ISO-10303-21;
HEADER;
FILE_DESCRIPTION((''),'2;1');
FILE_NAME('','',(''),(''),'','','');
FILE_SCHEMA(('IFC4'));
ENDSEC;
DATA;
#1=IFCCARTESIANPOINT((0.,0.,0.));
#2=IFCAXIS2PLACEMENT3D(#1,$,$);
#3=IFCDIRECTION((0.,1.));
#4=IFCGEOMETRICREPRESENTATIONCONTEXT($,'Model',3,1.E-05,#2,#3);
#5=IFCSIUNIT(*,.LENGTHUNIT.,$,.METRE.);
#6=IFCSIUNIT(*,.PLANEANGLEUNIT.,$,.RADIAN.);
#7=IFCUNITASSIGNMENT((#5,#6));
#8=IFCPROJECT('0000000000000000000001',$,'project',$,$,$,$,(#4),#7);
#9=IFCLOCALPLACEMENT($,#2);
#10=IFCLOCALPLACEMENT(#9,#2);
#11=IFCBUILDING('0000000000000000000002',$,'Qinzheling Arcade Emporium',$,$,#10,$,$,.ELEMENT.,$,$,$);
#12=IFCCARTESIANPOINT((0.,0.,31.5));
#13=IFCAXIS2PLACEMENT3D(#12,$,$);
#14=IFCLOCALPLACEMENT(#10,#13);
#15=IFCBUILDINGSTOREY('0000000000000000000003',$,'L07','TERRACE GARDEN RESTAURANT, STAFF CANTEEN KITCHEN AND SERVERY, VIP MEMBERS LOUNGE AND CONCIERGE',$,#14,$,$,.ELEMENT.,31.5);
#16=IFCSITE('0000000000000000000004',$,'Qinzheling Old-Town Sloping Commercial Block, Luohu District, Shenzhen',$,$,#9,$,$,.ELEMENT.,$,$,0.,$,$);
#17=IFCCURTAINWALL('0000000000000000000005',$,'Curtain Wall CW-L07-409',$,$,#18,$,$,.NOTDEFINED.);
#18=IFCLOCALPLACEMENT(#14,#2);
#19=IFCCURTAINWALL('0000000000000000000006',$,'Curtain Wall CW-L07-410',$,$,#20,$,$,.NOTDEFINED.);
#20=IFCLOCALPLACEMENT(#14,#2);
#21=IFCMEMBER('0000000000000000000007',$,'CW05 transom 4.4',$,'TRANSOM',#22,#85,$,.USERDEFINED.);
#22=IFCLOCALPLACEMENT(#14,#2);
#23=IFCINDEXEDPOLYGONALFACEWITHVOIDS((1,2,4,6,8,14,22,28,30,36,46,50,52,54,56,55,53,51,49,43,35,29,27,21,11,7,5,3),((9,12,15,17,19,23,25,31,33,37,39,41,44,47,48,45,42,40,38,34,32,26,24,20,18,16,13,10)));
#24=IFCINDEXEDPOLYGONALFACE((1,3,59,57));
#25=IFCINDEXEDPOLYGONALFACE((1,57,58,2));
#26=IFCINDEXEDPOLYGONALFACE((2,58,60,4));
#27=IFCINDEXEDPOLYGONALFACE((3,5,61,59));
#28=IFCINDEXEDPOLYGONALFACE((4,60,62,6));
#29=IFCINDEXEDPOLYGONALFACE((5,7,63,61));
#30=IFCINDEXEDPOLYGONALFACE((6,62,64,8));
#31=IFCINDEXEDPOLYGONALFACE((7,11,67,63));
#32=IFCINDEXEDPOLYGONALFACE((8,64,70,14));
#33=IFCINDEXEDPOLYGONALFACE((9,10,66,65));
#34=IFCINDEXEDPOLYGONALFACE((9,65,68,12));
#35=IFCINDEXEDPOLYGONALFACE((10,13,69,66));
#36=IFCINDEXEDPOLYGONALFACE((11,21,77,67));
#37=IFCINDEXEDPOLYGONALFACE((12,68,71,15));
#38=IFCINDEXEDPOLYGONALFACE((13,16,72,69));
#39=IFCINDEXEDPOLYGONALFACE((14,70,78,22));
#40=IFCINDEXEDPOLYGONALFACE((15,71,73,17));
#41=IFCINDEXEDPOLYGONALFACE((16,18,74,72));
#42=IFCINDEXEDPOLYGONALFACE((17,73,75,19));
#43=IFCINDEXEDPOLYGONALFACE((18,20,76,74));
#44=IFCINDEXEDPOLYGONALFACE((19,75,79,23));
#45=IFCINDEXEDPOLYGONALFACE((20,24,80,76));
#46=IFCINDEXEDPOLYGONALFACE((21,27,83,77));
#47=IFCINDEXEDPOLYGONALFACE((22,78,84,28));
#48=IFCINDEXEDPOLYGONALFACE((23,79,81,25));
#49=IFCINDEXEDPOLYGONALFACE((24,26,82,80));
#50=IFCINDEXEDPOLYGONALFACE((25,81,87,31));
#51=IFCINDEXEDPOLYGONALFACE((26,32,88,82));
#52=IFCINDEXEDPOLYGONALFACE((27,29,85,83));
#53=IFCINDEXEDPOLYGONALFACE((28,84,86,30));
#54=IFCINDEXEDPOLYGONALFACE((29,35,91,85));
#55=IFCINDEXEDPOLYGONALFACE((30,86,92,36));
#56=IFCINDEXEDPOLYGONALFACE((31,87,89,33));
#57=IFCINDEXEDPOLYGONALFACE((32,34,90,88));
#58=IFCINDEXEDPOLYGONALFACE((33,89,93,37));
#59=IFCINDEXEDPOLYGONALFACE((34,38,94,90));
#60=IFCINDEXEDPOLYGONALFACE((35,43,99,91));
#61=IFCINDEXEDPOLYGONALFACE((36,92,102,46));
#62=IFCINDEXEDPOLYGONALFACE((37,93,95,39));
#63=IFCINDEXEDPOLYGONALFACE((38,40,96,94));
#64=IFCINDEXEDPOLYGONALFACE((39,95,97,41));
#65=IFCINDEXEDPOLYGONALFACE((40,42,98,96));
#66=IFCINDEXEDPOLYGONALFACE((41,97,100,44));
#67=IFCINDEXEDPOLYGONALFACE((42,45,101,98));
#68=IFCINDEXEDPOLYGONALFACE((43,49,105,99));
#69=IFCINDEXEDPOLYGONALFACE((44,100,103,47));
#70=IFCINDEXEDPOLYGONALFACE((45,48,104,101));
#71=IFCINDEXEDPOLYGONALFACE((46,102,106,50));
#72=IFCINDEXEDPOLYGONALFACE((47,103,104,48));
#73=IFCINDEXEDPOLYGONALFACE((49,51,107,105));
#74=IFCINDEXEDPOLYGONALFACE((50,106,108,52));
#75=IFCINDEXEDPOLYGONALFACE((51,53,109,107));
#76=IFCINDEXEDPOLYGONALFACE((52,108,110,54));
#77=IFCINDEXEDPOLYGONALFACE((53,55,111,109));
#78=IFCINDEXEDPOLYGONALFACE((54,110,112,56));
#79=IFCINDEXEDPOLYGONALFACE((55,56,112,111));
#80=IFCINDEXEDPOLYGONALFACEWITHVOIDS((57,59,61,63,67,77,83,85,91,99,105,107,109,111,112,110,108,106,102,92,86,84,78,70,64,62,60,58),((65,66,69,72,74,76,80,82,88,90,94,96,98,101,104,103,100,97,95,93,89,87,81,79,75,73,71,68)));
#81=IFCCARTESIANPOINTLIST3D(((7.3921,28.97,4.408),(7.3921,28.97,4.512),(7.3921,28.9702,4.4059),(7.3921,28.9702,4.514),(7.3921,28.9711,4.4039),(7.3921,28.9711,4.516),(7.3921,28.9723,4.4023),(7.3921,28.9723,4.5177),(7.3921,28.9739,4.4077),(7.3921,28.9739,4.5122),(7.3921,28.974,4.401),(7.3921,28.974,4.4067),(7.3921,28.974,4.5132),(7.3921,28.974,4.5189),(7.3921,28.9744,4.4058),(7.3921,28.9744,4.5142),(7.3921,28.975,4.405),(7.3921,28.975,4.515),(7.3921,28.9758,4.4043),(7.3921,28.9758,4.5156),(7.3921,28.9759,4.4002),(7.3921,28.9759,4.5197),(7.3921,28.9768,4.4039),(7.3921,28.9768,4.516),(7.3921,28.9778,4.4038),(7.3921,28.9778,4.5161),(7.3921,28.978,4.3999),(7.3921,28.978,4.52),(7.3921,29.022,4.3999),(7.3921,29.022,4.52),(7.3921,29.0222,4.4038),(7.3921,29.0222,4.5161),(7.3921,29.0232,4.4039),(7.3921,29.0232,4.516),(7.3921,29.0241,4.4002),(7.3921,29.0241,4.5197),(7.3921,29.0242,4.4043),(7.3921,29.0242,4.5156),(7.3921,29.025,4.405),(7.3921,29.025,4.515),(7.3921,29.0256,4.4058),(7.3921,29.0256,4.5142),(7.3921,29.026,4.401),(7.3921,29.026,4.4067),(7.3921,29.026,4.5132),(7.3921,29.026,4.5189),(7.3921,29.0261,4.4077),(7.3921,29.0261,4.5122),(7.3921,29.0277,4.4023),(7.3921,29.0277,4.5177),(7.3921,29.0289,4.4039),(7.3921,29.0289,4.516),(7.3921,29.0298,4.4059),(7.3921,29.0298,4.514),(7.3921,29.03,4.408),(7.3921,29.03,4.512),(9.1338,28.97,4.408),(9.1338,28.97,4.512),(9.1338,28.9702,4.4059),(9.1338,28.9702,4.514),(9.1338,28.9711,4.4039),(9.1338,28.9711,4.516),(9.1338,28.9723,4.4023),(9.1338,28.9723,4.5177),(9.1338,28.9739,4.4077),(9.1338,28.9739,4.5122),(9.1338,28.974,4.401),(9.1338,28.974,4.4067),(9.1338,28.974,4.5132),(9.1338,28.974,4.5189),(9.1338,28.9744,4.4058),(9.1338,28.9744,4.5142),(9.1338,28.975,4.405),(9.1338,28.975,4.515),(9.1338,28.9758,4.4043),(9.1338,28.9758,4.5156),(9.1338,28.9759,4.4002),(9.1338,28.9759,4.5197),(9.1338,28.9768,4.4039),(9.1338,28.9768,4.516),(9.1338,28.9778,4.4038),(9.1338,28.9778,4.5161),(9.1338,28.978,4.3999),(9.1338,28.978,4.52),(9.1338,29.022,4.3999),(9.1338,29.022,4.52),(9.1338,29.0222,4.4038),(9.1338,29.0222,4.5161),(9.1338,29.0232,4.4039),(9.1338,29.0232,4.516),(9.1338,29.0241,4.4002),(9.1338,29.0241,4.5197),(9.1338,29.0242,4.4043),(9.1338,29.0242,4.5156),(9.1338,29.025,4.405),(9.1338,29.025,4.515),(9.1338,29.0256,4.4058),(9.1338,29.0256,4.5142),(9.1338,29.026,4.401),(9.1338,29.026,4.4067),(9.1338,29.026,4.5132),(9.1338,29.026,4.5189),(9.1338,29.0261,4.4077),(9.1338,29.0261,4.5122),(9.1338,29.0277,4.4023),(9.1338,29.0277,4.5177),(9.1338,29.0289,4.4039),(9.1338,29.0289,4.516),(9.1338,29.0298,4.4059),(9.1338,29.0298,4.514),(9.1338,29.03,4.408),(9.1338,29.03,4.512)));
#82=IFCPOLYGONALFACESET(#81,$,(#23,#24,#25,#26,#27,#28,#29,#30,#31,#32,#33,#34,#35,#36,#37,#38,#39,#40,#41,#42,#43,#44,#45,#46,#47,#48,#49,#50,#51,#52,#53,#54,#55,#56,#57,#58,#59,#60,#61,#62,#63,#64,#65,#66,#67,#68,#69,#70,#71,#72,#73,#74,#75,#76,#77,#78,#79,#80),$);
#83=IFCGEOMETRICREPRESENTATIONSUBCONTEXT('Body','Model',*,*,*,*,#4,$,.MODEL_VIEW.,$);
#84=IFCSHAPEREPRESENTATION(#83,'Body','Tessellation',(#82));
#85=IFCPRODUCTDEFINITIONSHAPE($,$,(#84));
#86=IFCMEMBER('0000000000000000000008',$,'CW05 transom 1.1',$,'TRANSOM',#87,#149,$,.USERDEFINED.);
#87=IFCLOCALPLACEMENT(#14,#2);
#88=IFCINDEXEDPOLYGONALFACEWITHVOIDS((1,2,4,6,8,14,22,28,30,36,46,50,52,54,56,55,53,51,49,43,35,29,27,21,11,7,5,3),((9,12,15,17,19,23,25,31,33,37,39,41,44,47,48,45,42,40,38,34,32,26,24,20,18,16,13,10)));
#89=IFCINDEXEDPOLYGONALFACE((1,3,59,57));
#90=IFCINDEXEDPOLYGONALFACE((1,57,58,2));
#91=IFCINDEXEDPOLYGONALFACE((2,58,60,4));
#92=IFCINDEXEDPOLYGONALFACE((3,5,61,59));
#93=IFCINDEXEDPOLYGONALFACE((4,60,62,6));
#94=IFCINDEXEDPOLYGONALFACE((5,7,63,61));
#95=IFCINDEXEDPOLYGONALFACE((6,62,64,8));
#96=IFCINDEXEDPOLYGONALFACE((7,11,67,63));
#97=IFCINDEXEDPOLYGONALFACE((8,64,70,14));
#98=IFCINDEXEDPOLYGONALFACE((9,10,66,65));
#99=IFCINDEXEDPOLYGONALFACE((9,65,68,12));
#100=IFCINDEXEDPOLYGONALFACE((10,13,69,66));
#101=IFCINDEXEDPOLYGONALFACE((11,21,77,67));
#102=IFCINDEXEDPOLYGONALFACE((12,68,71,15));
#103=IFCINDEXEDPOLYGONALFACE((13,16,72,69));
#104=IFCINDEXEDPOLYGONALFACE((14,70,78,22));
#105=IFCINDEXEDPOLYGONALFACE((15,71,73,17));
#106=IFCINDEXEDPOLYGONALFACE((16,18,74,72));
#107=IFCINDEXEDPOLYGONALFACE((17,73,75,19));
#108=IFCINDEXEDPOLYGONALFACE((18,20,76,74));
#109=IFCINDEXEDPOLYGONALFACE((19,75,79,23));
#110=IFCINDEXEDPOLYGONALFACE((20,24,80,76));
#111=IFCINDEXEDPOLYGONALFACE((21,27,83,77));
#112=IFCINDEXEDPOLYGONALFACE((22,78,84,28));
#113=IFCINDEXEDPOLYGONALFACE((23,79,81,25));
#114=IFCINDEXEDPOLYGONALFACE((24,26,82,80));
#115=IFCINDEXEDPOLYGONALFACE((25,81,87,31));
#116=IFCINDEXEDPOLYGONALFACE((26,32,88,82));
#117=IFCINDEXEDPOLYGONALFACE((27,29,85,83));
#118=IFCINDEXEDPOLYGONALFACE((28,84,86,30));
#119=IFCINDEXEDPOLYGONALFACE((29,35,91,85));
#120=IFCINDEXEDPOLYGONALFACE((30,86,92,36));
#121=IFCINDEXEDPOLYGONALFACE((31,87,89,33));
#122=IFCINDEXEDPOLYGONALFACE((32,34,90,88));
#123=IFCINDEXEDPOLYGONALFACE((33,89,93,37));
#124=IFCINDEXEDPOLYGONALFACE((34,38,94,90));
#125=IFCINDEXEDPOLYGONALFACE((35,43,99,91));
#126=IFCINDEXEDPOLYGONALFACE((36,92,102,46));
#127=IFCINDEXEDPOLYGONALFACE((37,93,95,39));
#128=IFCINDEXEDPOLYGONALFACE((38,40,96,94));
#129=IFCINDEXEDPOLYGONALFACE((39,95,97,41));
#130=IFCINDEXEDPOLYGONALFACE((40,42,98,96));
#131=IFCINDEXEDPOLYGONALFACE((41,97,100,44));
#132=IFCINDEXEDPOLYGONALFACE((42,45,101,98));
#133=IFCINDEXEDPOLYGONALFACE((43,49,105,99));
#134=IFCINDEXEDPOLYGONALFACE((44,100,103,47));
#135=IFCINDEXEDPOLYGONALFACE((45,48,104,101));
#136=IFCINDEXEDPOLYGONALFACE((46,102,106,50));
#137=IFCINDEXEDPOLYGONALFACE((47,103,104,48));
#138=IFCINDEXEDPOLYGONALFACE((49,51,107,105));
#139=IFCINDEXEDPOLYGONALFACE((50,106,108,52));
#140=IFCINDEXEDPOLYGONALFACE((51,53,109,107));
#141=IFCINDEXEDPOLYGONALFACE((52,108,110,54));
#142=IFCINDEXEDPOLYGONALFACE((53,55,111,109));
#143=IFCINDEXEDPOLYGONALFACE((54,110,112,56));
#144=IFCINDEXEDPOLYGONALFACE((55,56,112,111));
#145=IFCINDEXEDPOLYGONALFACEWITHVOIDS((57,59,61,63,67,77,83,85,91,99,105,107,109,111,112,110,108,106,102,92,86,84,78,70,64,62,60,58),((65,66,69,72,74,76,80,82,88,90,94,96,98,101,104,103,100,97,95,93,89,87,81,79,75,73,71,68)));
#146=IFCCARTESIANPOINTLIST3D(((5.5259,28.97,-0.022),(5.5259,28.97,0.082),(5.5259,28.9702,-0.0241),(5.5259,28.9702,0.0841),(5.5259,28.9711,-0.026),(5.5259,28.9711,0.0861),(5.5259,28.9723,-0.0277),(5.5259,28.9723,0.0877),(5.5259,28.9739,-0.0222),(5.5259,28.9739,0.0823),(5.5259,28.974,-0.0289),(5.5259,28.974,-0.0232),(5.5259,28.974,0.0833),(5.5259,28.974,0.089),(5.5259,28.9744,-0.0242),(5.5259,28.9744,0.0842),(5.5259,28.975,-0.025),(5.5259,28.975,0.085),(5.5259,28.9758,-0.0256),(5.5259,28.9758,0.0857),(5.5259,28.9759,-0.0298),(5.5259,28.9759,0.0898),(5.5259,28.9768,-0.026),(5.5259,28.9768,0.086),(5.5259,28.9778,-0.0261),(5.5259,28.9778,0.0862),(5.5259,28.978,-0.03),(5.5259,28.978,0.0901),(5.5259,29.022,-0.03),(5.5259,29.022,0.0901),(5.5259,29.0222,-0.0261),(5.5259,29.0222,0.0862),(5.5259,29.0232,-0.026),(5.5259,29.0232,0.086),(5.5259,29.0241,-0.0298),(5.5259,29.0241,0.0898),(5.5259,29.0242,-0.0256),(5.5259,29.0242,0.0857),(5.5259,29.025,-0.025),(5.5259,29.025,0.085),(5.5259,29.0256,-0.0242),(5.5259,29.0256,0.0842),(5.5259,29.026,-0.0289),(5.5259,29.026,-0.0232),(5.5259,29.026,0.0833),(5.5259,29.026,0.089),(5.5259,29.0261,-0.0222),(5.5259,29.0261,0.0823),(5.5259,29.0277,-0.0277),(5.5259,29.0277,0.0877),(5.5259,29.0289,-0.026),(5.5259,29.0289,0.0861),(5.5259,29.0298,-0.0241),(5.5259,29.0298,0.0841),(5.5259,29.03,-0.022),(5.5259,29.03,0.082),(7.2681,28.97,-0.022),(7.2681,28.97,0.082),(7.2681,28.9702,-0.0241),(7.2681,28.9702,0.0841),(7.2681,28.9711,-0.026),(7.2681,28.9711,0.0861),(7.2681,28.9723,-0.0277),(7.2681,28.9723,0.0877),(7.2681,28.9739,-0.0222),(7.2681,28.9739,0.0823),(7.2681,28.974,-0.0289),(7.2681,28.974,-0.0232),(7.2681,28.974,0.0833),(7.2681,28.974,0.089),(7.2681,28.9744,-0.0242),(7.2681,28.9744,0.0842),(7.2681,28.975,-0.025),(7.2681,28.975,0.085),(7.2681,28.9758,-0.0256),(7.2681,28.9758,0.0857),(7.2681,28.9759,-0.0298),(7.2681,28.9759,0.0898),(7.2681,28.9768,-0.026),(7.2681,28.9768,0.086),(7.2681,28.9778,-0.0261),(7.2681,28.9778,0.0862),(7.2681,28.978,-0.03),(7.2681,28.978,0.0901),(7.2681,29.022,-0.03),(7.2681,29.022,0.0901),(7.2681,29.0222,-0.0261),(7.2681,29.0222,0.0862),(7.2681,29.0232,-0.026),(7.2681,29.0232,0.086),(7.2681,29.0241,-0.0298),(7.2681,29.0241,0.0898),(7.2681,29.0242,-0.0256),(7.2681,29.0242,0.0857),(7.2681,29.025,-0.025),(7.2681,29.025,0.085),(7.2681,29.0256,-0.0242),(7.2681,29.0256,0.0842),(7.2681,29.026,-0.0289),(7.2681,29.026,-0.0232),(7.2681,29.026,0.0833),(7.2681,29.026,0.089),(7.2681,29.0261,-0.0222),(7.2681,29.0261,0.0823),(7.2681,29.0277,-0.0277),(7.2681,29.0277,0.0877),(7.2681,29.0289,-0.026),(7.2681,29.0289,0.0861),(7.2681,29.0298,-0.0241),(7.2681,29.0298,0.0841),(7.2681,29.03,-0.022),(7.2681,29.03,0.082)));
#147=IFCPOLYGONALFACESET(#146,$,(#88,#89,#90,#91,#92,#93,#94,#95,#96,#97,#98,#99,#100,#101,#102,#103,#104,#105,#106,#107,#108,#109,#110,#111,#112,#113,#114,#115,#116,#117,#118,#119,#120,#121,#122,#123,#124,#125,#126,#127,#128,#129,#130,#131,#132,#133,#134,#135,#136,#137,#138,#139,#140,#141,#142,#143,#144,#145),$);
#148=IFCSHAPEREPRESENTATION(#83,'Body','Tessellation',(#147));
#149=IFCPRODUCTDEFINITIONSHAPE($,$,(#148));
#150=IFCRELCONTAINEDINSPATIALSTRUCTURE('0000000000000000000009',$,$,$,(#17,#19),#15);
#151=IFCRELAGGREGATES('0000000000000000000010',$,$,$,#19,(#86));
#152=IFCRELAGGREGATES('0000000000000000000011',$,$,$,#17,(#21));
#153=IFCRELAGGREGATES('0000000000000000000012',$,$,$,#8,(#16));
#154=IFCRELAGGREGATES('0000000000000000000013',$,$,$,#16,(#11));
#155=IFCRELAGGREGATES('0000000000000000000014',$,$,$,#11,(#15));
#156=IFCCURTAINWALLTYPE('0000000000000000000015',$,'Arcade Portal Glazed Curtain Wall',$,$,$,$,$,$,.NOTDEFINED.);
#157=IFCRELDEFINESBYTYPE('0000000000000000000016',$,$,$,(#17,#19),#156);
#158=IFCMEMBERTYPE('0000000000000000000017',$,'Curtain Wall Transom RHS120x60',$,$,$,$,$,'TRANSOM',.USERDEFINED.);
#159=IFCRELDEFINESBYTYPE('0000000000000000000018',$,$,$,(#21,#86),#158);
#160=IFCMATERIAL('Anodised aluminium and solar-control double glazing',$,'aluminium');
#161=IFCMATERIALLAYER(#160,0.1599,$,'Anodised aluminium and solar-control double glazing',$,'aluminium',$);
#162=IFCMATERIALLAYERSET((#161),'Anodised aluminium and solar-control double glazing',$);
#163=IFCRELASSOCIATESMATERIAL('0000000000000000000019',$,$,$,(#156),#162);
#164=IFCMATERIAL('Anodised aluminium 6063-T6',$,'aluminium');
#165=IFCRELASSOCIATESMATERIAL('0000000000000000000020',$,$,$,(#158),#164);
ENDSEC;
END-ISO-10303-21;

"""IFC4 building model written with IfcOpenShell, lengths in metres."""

from ifc_helpers import new_model, si_unit, direction, frame, origin, origin_2d, place, context, subcontext, project, spatial, hollow_rectangle, extrude, material, layer, layer_set, material_profile, profile_set, type_object, element, aggregate, save


model = new_model("IFC4")

# Units and contexts
model_context = context("Model", 3, precision=1e-05, world=origin(), true_north=direction((0.0, 1.0)))
body_context = subcontext(model_context, "Body", "Model", "MODEL_VIEW")
ifc_project = project(units=[si_unit("LENGTHUNIT", "METRE"), si_unit("PLANEANGLEUNIT", "RADIAN")], contexts=[model_context])

# Site, building, storey
site_placement = place(None, origin())
site = spatial("IfcSite", under=ifc_project, at=site_placement, Name="Qinzheling Old-Town Sloping Commercial Block, Luohu District, Shenzhen", CompositionType="ELEMENT", RefElevation=0.0)
building_placement = place(site_placement, origin())
building = spatial("IfcBuilding", under=site, at=building_placement, Name="Qinzheling Arcade Emporium", CompositionType="ELEMENT")
storey_placement = place(building_placement, frame((0.0, 0.0, 31.5)))
storey = spatial("IfcBuildingStorey", under=building, at=storey_placement, Name="L07", Description="TERRACE GARDEN RESTAURANT, STAFF CANTEEN KITCHEN AND SERVERY, VIP MEMBERS LOUNGE AND CONCIERGE", CompositionType="ELEMENT", Elevation=31.5)

# Curtain walls
ifc_material_1 = material(Name="Anodised aluminium and solar-control double glazing", Category="aluminium")
ifc_layer_1 = layer(ifc_material_1, 0.1599, Name="Anodised aluminium and solar-control double glazing", Category="aluminium")
ifc_layer_set_1 = layer_set([ifc_layer_1], Name="Anodised aluminium and solar-control double glazing")
curtain_wall_type = type_object("IfcCurtainWallType", Name="Arcade Portal Glazed Curtain Wall", PredefinedType="NOTDEFINED", material=ifc_layer_set_1)
curtain_wall_1_placement = place(storey_placement, origin())
curtain_wall_1 = element("IfcCurtainWall", 1, at=curtain_wall_1_placement, inside=storey, type_object=curtain_wall_type, Name="Curtain Wall CW-L07-409", PredefinedType="NOTDEFINED")
ifc_material_2 = material(Name="Anodised aluminium 6063-T6", Category="aluminium")
curtain_wall_2_placement = place(storey_placement, origin())
curtain_wall_2 = element("IfcCurtainWall", 2, at=curtain_wall_2_placement, inside=storey, type_object=curtain_wall_type, Name="Curtain Wall CW-L07-410", PredefinedType="NOTDEFINED")

# Members
ifc_material_profile_1 = material_profile(ifc_material_2, hollow_rectangle(XDim=0.0601, YDim=0.1201, WallThickness=0.0039, InnerFilletRadius=0.0039, OuterFilletRadius=0.0081, at=origin_2d()), Name="RHS 120x60x4", Category="aluminium")
ifc_profile_set_1 = profile_set([ifc_material_profile_1], Name="Anodised aluminium 6063-T6")
member_type_1 = type_object("IfcMemberType", Name="Curtain Wall Transom RHS120x60", ElementType="TRANSOM", PredefinedType="USERDEFINED", material=ifc_profile_set_1)
member_1_placement = place(storey_placement, frame((9.1338, 29.0, 4.46), z_axis=(-1.0, 0.0, 0.0), x_axis=(0.0, -1.0, 0.0)))
member_1 = element("IfcMember", 3, at=member_1_placement, type_object=member_type_1, Name="CW05 transom 4.4", ObjectType="TRANSOM", PredefinedType="USERDEFINED", context=body_context, shape_type="SweptSolid", body=[
    extrude(hollow_rectangle(XDim=0.0601, YDim=0.1201, WallThickness=0.0039, InnerFilletRadius=0.0039, OuterFilletRadius=0.0081, at=origin_2d()), origin(), (0.0, 0.0, 1.0), 1.7417),
])
member_2_placement = place(storey_placement, frame((7.2681, 29.0, 0.03), z_axis=(-1.0, 0.0, 0.0), x_axis=(0.0, -1.0, 0.0)))
member_2 = element("IfcMember", 4, at=member_2_placement, type_object=member_type_1, Name="CW05 transom 1.1", ObjectType="TRANSOM", PredefinedType="USERDEFINED", context=body_context, shape_type="SweptSolid", body=[
    extrude(hollow_rectangle(XDim=0.0601, YDim=0.1201, WallThickness=0.0039, InnerFilletRadius=0.0039, OuterFilletRadius=0.0081, at=origin_2d()), origin(), (0.0, 0.0, 1.0), 1.7422),
])

aggregate(curtain_wall_2, [member_2])
aggregate(curtain_wall_1, [member_1])

save(model, "model.ifc")
